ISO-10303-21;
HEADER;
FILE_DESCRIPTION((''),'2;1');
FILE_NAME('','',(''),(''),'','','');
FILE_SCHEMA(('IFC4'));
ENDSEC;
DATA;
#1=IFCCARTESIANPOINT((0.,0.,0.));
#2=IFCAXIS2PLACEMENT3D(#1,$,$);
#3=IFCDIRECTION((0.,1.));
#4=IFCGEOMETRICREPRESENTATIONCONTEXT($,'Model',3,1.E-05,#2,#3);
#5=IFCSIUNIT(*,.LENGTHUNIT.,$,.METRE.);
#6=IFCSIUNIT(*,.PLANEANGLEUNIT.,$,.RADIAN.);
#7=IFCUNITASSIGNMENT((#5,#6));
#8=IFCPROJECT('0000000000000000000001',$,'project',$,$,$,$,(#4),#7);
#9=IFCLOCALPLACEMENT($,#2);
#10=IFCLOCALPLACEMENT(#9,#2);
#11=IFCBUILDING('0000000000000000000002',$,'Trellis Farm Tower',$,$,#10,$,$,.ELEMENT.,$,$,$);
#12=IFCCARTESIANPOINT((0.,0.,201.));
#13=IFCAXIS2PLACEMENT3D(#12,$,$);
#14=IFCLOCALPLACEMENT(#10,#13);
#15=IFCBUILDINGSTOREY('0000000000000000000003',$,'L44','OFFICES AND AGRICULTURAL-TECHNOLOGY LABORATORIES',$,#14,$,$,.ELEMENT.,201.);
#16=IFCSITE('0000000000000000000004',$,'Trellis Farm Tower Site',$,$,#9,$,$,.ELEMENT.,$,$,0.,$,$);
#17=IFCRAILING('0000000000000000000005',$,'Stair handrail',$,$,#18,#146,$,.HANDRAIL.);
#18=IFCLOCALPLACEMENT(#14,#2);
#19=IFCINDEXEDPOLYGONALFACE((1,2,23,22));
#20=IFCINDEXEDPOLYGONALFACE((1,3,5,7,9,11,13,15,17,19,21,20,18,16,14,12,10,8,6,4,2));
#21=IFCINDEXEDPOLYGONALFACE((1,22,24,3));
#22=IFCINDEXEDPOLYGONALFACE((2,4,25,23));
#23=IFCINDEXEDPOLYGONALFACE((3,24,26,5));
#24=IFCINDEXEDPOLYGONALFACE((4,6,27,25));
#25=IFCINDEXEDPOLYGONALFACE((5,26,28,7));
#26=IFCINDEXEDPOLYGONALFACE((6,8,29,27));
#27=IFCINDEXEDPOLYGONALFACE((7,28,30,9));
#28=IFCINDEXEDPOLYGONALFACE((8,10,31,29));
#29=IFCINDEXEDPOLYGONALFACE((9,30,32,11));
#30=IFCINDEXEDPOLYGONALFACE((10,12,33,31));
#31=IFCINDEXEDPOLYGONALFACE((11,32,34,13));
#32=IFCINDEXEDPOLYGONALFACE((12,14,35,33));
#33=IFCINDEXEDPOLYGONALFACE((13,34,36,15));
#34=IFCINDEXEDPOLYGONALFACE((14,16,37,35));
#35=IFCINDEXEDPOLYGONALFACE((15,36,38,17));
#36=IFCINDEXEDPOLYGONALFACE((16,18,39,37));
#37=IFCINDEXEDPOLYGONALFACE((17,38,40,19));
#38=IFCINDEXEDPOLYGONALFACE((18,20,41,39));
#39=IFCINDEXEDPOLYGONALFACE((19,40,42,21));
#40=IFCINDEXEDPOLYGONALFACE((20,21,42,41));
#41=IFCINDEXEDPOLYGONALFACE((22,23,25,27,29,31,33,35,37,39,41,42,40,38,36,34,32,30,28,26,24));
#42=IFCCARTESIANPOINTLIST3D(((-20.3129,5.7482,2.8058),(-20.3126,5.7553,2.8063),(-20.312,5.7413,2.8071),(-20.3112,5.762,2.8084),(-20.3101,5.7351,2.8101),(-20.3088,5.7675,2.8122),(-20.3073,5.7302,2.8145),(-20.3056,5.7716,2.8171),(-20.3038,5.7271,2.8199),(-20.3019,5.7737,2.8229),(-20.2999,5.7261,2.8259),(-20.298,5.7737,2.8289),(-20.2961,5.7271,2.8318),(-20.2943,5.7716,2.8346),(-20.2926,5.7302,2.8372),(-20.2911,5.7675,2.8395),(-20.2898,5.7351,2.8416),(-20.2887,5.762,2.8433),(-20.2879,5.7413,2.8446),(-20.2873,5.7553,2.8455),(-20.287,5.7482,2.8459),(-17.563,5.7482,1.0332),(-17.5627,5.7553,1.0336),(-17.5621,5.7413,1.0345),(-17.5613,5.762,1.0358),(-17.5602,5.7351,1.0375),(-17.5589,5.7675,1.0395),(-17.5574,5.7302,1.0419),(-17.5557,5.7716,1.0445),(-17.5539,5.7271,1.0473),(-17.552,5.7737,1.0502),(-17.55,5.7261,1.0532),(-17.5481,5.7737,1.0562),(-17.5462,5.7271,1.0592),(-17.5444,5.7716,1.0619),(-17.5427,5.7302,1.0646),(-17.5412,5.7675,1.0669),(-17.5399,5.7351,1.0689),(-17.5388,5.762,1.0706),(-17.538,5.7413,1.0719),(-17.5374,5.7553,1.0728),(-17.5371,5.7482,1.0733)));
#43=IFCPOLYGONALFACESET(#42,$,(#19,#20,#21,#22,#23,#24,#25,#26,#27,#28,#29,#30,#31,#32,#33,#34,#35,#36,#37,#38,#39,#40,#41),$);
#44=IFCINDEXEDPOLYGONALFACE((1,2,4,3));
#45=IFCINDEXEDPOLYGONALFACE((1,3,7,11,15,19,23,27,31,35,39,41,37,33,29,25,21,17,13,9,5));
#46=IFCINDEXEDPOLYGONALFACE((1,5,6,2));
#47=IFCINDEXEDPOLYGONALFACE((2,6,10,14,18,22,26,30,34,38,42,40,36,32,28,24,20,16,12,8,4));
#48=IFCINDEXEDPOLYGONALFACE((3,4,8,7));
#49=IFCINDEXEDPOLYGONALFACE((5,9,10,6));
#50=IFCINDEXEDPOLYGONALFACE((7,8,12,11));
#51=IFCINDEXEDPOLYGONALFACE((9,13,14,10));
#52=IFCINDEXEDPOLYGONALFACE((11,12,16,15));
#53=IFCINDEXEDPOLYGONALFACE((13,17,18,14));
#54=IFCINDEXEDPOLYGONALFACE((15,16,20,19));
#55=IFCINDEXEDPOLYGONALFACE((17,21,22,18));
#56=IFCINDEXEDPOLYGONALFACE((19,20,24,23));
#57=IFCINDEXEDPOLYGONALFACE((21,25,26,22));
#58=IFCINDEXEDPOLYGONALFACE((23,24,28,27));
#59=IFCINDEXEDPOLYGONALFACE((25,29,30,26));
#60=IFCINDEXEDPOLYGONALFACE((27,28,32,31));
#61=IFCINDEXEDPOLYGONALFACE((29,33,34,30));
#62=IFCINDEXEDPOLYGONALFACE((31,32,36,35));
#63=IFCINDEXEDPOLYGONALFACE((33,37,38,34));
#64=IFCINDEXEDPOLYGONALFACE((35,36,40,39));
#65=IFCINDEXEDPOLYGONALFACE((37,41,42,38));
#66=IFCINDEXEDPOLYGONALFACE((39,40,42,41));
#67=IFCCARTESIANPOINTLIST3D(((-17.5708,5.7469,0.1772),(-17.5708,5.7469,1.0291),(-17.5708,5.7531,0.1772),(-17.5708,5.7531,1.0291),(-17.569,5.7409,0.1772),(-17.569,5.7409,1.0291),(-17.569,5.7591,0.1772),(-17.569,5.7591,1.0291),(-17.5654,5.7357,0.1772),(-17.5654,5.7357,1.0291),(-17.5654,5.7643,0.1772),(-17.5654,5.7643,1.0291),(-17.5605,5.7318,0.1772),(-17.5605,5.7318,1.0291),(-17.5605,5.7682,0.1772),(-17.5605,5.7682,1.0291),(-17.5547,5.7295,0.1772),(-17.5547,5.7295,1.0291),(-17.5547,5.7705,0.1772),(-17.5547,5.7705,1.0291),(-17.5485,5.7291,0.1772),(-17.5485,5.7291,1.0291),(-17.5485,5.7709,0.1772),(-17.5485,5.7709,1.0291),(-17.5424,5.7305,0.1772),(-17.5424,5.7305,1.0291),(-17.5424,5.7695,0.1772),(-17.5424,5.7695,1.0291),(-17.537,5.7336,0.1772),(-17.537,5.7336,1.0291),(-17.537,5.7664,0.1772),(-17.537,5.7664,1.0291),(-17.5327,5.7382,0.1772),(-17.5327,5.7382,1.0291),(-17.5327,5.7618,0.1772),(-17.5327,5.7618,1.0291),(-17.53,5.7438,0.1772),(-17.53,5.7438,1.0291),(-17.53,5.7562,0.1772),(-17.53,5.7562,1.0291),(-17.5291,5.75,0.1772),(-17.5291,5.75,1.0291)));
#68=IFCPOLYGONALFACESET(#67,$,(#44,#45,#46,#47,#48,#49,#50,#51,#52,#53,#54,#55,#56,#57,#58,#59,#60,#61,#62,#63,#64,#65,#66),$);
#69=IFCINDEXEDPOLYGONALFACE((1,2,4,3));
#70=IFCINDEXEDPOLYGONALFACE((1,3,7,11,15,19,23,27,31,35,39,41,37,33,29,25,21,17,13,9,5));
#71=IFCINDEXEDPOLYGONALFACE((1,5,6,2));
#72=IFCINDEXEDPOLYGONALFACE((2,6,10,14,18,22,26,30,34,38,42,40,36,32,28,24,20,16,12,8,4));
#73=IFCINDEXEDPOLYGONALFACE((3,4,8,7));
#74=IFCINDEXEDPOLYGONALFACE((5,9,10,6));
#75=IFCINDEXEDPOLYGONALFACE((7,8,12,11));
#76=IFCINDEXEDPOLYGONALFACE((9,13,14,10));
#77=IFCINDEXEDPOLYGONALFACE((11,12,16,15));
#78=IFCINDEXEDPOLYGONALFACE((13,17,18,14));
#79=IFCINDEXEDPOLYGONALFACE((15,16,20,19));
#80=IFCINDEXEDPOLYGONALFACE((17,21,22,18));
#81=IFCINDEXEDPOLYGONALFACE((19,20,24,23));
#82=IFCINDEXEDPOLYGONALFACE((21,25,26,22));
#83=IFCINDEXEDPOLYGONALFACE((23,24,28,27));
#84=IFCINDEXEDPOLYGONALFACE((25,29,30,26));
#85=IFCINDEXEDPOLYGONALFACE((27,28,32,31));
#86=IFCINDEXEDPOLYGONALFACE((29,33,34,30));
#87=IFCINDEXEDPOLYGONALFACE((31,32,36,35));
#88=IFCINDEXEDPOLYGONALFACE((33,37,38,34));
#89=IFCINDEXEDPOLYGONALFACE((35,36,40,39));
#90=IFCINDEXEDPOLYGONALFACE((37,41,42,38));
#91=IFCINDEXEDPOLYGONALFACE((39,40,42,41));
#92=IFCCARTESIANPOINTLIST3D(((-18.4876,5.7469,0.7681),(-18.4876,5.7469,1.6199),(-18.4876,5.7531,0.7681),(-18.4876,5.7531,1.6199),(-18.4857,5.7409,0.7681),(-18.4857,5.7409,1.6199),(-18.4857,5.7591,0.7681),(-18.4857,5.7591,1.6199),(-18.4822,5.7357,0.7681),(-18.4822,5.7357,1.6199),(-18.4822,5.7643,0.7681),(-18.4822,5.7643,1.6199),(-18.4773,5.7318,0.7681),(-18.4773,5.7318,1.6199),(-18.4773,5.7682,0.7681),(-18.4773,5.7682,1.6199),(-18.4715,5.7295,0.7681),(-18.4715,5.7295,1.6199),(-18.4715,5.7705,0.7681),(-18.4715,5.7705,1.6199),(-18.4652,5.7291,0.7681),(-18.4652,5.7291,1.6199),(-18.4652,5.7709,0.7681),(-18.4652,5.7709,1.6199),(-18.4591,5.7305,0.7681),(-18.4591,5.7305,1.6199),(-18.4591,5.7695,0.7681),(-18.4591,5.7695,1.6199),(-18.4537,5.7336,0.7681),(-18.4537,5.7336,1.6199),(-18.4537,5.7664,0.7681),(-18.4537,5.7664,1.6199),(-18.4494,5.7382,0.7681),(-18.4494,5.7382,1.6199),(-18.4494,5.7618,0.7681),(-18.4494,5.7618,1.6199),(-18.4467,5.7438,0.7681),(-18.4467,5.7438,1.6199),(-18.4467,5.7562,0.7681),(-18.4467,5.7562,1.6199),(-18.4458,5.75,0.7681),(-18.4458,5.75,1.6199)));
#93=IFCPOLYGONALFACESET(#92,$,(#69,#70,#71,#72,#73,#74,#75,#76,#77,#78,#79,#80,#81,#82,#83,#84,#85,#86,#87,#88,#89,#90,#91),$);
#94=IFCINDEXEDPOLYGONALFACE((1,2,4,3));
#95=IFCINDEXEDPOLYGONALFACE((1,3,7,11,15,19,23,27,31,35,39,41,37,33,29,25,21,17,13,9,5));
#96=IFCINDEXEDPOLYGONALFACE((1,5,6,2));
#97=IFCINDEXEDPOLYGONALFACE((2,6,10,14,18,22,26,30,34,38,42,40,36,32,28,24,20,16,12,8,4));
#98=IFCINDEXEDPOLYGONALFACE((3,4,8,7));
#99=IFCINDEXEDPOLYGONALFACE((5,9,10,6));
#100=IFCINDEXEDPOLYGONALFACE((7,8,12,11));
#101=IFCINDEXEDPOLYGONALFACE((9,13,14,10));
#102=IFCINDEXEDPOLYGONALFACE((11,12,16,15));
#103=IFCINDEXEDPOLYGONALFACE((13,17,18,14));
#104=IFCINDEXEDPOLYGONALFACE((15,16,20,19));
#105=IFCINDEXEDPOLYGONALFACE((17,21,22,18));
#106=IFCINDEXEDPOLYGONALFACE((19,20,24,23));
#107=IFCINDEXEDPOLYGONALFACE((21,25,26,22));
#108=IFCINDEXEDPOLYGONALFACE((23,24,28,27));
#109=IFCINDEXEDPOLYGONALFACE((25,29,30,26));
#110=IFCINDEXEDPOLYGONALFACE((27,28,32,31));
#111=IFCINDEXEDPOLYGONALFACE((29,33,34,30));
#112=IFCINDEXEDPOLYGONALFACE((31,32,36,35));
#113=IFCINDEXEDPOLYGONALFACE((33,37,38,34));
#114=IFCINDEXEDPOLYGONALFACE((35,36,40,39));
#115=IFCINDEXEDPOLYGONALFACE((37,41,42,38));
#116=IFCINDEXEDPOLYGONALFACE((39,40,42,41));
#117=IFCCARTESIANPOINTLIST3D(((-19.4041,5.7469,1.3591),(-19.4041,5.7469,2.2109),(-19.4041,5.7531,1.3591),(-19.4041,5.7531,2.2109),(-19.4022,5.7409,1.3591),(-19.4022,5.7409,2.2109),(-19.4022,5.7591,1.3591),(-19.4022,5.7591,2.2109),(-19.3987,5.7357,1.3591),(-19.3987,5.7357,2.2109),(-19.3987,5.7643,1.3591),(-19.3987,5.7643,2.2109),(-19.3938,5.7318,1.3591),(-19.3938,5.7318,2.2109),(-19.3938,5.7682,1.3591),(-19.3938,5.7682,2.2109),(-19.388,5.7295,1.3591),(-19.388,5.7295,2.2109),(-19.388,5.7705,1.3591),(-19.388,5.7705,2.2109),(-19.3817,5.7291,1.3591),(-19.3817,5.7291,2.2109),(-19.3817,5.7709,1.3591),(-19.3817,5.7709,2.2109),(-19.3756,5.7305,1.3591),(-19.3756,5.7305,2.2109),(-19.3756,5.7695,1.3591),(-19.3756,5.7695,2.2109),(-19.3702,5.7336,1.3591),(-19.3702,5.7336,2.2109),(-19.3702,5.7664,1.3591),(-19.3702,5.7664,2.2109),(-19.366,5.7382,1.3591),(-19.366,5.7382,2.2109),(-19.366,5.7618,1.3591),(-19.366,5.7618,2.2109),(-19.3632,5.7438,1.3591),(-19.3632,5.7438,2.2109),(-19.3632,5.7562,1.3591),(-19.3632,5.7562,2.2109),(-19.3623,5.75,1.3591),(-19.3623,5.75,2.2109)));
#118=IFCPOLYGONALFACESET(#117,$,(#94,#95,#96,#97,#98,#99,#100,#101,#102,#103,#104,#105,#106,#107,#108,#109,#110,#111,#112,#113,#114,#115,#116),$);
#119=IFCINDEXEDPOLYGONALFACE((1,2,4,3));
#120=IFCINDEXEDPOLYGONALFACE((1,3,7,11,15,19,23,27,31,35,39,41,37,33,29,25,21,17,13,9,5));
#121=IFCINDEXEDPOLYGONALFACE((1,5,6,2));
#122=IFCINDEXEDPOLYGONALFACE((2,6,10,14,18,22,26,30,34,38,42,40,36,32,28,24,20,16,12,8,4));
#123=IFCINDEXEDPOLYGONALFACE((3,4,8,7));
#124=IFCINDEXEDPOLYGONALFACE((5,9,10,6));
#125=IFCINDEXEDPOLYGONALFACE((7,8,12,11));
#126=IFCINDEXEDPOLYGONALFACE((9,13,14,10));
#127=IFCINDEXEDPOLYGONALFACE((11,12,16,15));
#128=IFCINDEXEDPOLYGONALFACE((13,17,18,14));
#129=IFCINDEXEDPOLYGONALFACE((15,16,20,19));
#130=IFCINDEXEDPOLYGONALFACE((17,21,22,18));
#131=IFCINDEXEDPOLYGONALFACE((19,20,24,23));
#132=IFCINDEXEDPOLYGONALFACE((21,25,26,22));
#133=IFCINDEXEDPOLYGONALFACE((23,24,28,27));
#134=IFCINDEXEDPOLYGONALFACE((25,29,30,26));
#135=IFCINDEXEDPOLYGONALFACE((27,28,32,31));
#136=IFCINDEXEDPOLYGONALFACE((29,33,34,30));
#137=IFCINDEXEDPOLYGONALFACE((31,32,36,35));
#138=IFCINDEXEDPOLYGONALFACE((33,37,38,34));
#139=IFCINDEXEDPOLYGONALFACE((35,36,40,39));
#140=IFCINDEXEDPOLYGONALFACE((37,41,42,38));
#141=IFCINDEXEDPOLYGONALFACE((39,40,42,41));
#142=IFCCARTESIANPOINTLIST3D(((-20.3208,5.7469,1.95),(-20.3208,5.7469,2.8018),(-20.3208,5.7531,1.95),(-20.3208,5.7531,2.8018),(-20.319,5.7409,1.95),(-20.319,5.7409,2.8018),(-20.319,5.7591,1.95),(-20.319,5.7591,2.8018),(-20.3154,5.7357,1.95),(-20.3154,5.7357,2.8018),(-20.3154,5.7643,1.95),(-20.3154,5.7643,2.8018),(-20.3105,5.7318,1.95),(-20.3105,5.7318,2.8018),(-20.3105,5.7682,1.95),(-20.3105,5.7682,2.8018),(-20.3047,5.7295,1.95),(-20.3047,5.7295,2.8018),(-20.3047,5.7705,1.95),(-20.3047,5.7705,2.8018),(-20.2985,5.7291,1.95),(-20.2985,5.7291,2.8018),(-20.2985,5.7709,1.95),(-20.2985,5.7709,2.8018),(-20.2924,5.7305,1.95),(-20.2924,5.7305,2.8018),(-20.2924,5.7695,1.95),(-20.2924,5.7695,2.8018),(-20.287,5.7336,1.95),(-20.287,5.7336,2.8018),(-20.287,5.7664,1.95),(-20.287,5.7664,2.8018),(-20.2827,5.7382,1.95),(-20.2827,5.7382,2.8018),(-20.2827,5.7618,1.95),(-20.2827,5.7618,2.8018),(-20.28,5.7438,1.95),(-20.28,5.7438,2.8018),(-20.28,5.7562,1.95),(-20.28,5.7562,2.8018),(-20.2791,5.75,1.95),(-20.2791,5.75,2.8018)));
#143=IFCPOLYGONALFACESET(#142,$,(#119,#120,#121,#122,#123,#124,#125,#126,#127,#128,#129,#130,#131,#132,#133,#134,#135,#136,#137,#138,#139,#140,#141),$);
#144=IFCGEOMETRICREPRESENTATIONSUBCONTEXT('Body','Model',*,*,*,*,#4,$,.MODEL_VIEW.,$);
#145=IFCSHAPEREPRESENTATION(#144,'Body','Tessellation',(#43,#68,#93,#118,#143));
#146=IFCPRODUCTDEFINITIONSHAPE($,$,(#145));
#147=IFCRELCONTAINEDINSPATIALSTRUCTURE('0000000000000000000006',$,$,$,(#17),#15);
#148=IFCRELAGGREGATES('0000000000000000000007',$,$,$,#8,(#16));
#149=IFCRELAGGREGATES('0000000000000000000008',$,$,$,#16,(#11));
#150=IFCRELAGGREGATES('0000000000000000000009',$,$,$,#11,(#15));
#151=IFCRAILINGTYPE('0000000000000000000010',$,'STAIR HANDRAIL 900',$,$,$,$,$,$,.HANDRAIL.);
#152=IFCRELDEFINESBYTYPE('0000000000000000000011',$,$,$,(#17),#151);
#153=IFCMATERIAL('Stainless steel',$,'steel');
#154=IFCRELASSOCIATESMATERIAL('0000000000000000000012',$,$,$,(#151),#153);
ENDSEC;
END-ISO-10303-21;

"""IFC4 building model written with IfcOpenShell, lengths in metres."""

from ifc_helpers import new_model, si_unit, direction, frame, origin, origin_2d, place, context, subcontext, project, spatial, circle, extrude, source, transform, mapped, material, type_object, element, save


model = new_model("IFC4")

# Units and contexts
model_context = context("Model", 3, precision=1e-05, world=origin(), true_north=direction((0.0, 1.0)))
body_context = subcontext(model_context, "Body", "Model", "MODEL_VIEW")
ifc_project = project(units=[si_unit("LENGTHUNIT", "METRE"), si_unit("PLANEANGLEUNIT", "RADIAN")], contexts=[model_context])

# Site, building, storey
site_placement = place(None, origin())
site = spatial("IfcSite", under=ifc_project, at=site_placement, Name="Trellis Farm Tower Site", CompositionType="ELEMENT", RefElevation=0.0)
building_placement = place(site_placement, origin())
building = spatial("IfcBuilding", under=site, at=building_placement, Name="Trellis Farm Tower", CompositionType="ELEMENT")
storey_placement = place(building_placement, frame((0.0, 0.0, 201.0)))
storey = spatial("IfcBuildingStorey", under=building, at=storey_placement, Name="L44", Description="OFFICES AND AGRICULTURAL-TECHNOLOGY LABORATORIES", CompositionType="ELEMENT", Elevation=201.0)

# Railing
ifc_material_1 = material(Name="Stainless steel", Category="steel")
railing_type = type_object("IfcRailingType", Name="STAIR HANDRAIL 900", PredefinedType="HANDRAIL", material=ifc_material_1)
shared_shape_1 = source(origin(), body_context, "Body", "SweptSolid", [
    extrude(circle(Radius=0.0239, at=origin_2d()), frame((0.0, 0.0, 0.876), z_axis=(-0.840504, 0.0, 0.541806), x_axis=(0.0, -1.0, 0.0)), (0.0, 0.0, 1.0), 3.2717),
    extrude(circle(Radius=0.021, at=origin_2d()), origin(), (0.0, 0.0, 1.0), 0.8518),
    extrude(circle(Radius=0.021, at=origin_2d()), frame((-0.9167, 0.0, 0.5908)), (0.0, 0.0, 1.0), 0.8518),
    extrude(circle(Radius=0.021, at=origin_2d()), frame((-1.8333, 0.0, 1.1819)), (0.0, 0.0, 1.0), 0.8518),
    extrude(circle(Radius=0.021, at=origin_2d()), frame((-2.75, 0.0, 1.7727)), (0.0, 0.0, 1.0), 0.8518),
])
for number, where, name in (
    (1, (-17.55, 5.75, 0.1772), "Stair handrail"),
):
    element("IfcRailing", number, at=place(storey_placement, frame(where)), inside=storey, type_object=railing_type, Name=name, PredefinedType="HANDRAIL", context=body_context, shape_type="MappedRepresentation", body=[
        mapped(shared_shape_1, transform((0.0, 0.0, 0.0))),
    ])

save(model, "model.ifc")
